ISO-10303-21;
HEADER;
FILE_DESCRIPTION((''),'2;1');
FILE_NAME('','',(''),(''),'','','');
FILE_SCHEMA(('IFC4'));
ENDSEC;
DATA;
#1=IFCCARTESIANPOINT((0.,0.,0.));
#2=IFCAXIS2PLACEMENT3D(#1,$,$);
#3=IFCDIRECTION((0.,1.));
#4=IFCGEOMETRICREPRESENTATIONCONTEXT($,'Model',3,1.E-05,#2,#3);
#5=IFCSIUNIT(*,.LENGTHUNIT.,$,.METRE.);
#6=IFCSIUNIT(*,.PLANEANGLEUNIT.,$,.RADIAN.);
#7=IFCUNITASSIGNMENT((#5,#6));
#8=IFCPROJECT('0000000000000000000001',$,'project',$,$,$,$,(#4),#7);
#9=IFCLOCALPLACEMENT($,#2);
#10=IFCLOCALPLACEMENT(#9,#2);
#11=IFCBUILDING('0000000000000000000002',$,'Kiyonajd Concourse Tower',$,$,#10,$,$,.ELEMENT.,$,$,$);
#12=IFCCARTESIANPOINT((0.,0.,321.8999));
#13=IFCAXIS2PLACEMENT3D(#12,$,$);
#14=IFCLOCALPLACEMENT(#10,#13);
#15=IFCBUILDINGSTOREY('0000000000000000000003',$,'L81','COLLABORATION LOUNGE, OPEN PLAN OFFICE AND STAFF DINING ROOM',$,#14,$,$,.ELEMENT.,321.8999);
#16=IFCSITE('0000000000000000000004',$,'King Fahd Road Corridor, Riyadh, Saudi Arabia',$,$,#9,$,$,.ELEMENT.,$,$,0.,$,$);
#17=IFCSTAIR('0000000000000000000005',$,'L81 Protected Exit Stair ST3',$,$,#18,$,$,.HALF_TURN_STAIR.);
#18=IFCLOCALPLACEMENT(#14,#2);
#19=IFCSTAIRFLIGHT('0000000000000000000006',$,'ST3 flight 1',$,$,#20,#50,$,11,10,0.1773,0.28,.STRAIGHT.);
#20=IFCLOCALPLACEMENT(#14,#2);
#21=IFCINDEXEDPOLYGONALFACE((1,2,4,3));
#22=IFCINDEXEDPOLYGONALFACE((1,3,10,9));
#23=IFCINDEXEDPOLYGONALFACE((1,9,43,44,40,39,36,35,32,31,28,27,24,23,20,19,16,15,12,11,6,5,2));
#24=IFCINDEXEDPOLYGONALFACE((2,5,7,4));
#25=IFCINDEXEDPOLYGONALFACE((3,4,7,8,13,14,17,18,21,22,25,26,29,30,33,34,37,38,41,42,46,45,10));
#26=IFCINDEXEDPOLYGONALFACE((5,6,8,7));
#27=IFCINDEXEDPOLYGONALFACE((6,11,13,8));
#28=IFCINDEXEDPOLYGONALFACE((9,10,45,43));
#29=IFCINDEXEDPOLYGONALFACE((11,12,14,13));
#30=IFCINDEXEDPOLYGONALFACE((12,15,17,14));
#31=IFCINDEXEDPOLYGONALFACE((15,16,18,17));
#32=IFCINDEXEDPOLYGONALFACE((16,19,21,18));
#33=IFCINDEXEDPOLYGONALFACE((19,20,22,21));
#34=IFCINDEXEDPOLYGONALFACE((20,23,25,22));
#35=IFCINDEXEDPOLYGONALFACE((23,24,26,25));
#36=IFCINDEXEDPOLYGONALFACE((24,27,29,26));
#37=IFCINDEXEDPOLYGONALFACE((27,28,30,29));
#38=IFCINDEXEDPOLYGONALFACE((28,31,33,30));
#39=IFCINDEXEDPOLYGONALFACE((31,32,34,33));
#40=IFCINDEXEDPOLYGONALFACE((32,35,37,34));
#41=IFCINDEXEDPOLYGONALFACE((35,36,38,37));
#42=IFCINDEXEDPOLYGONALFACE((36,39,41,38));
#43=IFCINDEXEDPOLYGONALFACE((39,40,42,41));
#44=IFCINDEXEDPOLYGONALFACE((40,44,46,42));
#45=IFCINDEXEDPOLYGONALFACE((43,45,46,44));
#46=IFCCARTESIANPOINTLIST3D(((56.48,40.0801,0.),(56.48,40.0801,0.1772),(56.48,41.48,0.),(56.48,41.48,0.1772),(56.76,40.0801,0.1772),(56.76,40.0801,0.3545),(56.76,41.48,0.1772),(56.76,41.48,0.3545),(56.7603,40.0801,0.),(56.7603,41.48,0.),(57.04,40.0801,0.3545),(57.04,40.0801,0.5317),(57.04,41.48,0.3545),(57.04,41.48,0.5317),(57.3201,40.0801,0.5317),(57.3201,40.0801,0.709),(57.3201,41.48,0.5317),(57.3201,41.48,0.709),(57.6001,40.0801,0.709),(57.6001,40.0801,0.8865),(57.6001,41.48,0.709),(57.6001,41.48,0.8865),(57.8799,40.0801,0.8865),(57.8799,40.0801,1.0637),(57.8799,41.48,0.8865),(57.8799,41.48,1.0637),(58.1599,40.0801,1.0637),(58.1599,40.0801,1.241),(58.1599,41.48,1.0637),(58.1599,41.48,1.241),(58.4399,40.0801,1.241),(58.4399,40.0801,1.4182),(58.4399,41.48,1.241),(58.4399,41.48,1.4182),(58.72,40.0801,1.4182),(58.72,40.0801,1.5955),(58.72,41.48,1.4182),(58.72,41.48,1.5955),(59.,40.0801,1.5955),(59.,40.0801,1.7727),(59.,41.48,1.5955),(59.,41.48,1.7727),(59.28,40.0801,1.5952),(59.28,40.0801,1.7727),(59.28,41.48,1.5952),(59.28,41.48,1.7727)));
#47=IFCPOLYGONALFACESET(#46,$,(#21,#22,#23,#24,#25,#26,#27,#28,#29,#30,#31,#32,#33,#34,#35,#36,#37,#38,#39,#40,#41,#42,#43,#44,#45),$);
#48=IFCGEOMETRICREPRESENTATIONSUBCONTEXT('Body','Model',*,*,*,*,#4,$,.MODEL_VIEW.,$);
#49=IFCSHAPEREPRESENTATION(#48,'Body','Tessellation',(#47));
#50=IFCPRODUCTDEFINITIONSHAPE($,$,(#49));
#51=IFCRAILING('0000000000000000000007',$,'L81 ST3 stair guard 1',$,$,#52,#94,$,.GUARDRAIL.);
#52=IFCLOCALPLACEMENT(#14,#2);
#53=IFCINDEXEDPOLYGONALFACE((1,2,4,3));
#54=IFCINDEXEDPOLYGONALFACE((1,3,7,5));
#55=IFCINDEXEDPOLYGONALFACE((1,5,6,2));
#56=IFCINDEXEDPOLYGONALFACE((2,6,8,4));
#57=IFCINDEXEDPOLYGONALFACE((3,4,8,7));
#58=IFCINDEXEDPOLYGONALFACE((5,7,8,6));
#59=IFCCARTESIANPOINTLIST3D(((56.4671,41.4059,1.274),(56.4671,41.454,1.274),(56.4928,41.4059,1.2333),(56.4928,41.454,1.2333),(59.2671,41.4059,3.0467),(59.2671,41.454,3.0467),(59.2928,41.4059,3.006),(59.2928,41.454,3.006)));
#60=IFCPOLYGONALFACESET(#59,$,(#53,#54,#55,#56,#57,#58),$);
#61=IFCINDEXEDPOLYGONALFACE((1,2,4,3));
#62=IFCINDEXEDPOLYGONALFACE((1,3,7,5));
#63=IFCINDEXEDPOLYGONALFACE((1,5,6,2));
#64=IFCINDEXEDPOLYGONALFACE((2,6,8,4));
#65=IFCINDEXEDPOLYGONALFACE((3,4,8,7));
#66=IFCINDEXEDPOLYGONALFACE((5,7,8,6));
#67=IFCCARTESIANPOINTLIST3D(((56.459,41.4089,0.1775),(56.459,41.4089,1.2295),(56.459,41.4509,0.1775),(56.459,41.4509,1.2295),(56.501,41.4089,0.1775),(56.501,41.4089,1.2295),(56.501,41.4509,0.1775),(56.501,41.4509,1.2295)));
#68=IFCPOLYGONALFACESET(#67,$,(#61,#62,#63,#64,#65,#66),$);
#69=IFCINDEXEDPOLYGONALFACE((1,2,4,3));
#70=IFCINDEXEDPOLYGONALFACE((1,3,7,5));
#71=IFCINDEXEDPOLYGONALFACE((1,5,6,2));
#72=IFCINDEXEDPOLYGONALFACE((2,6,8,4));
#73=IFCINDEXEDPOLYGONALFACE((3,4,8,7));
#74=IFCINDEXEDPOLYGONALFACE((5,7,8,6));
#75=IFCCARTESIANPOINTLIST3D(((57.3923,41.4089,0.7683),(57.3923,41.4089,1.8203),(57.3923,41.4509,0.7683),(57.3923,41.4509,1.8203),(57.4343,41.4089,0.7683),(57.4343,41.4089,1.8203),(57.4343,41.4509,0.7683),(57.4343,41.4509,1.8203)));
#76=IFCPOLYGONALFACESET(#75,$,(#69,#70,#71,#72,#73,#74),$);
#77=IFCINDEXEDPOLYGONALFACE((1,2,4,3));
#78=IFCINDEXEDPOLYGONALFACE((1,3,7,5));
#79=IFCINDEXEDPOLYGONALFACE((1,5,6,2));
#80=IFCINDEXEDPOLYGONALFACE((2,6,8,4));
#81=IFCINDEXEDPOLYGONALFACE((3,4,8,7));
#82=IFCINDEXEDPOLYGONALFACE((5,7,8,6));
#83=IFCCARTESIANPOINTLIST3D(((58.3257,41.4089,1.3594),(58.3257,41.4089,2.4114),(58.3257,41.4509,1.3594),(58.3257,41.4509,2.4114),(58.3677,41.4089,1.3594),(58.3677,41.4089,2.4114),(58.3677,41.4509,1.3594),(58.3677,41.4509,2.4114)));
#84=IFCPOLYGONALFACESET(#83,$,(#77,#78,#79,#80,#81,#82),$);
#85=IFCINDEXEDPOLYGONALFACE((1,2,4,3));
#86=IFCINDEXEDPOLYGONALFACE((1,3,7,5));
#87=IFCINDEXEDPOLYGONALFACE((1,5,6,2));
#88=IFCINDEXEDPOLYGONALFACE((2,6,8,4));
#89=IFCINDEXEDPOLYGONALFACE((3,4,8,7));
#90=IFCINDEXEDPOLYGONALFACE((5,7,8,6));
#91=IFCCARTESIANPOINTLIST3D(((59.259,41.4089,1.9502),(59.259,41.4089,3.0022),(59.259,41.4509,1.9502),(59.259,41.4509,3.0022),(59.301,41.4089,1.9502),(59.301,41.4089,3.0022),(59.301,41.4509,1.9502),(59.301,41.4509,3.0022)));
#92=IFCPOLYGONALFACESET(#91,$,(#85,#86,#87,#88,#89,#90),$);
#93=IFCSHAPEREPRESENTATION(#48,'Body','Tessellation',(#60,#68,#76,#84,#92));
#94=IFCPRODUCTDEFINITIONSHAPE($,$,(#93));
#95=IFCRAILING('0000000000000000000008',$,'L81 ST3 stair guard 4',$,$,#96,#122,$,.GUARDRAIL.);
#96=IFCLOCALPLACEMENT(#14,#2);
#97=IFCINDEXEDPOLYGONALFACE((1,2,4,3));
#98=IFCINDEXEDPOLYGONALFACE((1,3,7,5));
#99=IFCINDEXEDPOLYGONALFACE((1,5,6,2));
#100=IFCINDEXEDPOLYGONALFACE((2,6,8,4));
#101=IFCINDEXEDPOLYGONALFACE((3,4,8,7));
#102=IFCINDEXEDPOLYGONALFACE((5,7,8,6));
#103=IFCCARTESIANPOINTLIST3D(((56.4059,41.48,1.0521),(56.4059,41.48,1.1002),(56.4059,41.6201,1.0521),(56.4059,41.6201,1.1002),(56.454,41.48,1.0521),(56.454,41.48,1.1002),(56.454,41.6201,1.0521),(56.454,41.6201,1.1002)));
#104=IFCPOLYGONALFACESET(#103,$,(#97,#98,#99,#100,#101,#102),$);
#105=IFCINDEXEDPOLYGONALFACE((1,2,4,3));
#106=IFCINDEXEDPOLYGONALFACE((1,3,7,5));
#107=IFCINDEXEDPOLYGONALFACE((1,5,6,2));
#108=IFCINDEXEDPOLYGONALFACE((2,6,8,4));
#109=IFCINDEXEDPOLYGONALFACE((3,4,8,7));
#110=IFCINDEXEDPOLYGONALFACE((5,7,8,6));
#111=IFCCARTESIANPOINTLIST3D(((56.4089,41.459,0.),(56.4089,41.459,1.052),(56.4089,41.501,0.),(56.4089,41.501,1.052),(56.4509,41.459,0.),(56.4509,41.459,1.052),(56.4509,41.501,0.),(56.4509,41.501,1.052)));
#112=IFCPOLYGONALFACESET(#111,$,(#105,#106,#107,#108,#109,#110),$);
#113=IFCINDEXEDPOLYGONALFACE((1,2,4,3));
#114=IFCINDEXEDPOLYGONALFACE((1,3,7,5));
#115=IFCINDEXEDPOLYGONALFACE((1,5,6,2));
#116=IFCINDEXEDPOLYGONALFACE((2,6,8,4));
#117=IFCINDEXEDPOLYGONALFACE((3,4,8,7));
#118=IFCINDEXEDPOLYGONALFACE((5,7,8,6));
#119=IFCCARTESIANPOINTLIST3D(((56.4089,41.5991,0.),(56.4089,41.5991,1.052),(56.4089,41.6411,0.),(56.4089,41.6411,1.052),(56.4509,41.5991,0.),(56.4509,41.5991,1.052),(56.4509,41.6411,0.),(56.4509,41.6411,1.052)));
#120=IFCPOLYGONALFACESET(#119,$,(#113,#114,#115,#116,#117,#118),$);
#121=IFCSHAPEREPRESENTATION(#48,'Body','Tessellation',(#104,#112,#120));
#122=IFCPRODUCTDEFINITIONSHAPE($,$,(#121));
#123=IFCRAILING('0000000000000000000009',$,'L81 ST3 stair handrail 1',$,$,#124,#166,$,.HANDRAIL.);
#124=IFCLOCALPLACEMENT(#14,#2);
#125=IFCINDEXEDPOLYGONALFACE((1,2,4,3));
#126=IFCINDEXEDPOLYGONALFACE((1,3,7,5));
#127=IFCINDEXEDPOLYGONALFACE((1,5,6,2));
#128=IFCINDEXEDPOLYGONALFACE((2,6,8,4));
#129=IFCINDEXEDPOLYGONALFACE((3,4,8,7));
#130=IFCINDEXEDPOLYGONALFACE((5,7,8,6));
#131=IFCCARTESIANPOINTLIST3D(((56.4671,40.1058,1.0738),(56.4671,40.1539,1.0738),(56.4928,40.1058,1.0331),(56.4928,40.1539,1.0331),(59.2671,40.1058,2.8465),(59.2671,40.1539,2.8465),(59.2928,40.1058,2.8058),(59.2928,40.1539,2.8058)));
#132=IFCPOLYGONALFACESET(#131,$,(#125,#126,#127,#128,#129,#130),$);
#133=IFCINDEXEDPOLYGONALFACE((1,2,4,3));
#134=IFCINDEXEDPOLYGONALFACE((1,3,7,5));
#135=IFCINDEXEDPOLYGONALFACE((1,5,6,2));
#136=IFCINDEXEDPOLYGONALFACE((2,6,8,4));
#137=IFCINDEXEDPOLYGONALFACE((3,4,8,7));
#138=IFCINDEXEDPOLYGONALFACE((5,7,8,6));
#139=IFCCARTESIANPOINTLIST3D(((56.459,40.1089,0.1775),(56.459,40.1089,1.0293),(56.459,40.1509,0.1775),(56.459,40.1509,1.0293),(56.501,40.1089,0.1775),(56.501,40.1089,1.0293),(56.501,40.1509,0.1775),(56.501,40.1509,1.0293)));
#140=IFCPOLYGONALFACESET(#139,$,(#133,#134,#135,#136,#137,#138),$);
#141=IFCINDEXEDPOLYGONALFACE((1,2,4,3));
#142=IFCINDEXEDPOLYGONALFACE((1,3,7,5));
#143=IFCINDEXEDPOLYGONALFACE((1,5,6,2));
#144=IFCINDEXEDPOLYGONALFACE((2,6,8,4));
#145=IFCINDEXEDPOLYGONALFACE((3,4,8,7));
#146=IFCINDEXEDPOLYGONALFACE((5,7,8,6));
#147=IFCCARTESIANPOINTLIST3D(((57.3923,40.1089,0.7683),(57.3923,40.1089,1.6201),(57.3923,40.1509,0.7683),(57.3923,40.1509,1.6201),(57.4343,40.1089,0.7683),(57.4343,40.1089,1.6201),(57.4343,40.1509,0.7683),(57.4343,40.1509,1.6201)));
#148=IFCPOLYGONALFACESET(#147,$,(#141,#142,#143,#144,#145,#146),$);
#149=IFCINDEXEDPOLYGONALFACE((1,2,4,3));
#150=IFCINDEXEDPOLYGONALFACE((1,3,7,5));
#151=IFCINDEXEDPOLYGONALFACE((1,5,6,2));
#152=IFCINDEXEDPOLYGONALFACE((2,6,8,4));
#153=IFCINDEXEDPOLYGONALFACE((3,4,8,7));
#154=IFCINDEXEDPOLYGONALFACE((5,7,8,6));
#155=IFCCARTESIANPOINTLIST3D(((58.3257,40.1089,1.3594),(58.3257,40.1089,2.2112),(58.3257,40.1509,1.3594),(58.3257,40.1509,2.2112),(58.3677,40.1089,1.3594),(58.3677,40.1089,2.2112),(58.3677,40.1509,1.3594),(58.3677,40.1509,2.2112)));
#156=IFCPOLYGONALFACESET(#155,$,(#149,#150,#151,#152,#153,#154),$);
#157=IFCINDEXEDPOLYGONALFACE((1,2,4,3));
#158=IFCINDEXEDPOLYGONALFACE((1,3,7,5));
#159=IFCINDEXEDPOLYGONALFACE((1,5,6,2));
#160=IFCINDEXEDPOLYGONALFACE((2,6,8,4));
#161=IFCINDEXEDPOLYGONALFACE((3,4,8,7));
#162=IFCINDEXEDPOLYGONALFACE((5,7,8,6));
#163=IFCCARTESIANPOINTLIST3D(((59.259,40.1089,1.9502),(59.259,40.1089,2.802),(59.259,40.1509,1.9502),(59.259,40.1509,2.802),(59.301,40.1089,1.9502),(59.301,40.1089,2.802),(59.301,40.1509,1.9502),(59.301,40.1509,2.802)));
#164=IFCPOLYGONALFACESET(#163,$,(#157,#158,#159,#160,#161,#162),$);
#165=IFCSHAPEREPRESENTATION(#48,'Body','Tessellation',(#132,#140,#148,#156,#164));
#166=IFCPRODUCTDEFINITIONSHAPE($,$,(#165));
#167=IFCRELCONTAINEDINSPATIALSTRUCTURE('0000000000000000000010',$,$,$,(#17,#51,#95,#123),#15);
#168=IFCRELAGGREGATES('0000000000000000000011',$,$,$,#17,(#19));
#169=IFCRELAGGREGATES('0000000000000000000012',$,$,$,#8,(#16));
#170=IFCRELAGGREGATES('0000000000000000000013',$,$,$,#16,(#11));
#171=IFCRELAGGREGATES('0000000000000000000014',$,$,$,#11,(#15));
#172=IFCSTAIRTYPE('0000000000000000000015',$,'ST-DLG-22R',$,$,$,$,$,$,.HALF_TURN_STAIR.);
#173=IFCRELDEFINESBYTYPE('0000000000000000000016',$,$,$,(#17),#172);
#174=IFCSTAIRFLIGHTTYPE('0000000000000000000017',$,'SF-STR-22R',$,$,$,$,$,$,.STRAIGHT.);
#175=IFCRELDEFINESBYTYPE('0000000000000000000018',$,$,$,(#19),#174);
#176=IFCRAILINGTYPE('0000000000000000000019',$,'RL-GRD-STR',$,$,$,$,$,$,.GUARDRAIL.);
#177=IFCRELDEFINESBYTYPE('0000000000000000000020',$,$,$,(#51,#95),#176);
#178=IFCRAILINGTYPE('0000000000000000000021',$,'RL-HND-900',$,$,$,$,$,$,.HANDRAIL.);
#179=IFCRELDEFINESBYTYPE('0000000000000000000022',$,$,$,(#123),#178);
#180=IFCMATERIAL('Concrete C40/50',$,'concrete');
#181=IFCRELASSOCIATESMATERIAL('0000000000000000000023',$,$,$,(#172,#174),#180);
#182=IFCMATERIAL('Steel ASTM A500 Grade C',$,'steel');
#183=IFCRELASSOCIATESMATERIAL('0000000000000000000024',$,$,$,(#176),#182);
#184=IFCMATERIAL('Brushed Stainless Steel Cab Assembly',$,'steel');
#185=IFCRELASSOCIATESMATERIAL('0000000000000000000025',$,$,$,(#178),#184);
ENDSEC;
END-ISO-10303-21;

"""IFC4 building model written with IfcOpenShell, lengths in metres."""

from ifc_helpers import new_model, si_unit, direction, frame, origin, origin_2d, place, context, subcontext, project, spatial, polyline, rectangle, outline, extrude, material, type_object, element, aggregate, save


model = new_model("IFC4")

# Units and contexts
model_context = context("Model", 3, precision=1e-05, world=origin(), true_north=direction((0.0, 1.0)))
body_context = subcontext(model_context, "Body", "Model", "MODEL_VIEW")
ifc_project = project(units=[si_unit("LENGTHUNIT", "METRE"), si_unit("PLANEANGLEUNIT", "RADIAN")], contexts=[model_context])

# Site, building, storey
site_placement = place(None, origin())
site = spatial("IfcSite", under=ifc_project, at=site_placement, Name="King Fahd Road Corridor, Riyadh, Saudi Arabia", CompositionType="ELEMENT", RefElevation=0.0)
building_placement = place(site_placement, origin())
building = spatial("IfcBuilding", under=site, at=building_placement, Name="Kiyonajd Concourse Tower", CompositionType="ELEMENT")
storey_placement = place(building_placement, frame((0.0, 0.0, 321.8999)))
storey = spatial("IfcBuildingStorey", under=building, at=storey_placement, Name="L81", Description="COLLABORATION LOUNGE, OPEN PLAN OFFICE AND STAFF DINING ROOM", CompositionType="ELEMENT", Elevation=321.8999)

# Shared definitions
ifc_material_1 = material(Name="Brushed Stainless Steel Cab Assembly", Category="steel")

# Stair, stair flight
ifc_material_2 = material(Name="Concrete C40/50", Category="concrete")
stair_type = type_object("IfcStairType", Name="ST-DLG-22R", PredefinedType="HALF_TURN_STAIR", material=ifc_material_2)
stair_placement = place(storey_placement, origin())
stair = element("IfcStair", 1, at=stair_placement, inside=storey, type_object=stair_type, Name="L81 Protected Exit Stair ST3", PredefinedType="HALF_TURN_STAIR")
stair_flight_type = type_object("IfcStairFlightType", Name="SF-STR-22R", PredefinedType="STRAIGHT", material=ifc_material_2)
stair_flight_placement = place(storey_placement, frame((56.48, 40.78, 0.0), z_axis=(0.0, 0.0, 1.0), x_axis=(1.0, 0.0, 0.0)))
stair_flight = element("IfcStairFlight", 2, at=stair_flight_placement, type_object=stair_flight_type, Name="ST3 flight 1", NumberOfRisers=11, NumberOfTreads=10, PredefinedType="STRAIGHT", RiserHeight=0.1773, TreadLength=0.28, context=body_context, shape_type="SweptSolid", body=[
    extrude(outline(polyline([(0.0, 0.0), (0.0, 0.1772), (0.28, 0.1772), (0.28, 0.3545), (0.5601, 0.3545), (0.5601, 0.5317), (0.8401, 0.5317), (0.8401, 0.709), (1.1201, 0.709), (1.1201, 0.8865), (1.3999, 0.8865), (1.3999, 1.0637), (1.6799, 1.0637), (1.6799, 1.241), (1.96, 1.241), (1.96, 1.4182), (2.24, 1.4182), (2.24, 1.5955), (2.52, 1.5955), (2.52, 1.7727), (2.8, 1.7727), (2.8, 1.95), (2.8, 1.5952), (0.2803, 0.0), (0.0, 0.0)])), frame((0.0, 0.7, 0.0), z_axis=(0.0, -1.0, 0.0), x_axis=(1.0, 0.0, 0.0)), (0.0, 0.0, 1.0), 1.3999),
])
aggregate(stair, [stair_flight])

# Railings
ifc_material_3 = material(Name="Steel ASTM A500 Grade C", Category="steel")
railing_type_1 = type_object("IfcRailingType", Name="RL-GRD-STR", PredefinedType="GUARDRAIL", material=ifc_material_3)
railing_1_placement = place(storey_placement, frame((56.48, 41.4299, 0.1775)))
element("IfcRailing", 3, at=railing_1_placement, inside=storey, type_object=railing_type_1, Name="L81 ST3 stair guard 1", PredefinedType="GUARDRAIL", context=body_context, shape_type="SweptSolid", body=[
    extrude(rectangle(XDim=0.0481, YDim=0.0481, at=origin_2d()), frame((0.0, 0.0, 1.0762), z_axis=(0.844909, 0.0, 0.53491), x_axis=(0.0, 1.0, 0.0)), (0.0, 0.0, 1.0), 3.314),
    extrude(rectangle(XDim=0.042, YDim=0.042, at=origin_2d()), origin(), (0.0, 0.0, 1.0), 1.052),
    extrude(rectangle(XDim=0.042, YDim=0.042, at=origin_2d()), frame((0.9333, 0.0, 0.5908)), (0.0, 0.0, 1.0), 1.052),
    extrude(rectangle(XDim=0.042, YDim=0.042, at=origin_2d()), frame((1.8667, 0.0, 1.1819)), (0.0, 0.0, 1.0), 1.052),
    extrude(rectangle(XDim=0.042, YDim=0.042, at=origin_2d()), frame((2.8, 0.0, 1.7727)), (0.0, 0.0, 1.0), 1.052),
])
railing_2_placement = place(storey_placement, frame((56.4299, 41.48, 0.0)))
element("IfcRailing", 4, at=railing_2_placement, inside=storey, type_object=railing_type_1, Name="L81 ST3 stair guard 4", PredefinedType="GUARDRAIL", context=body_context, shape_type="SweptSolid", body=[
    extrude(rectangle(XDim=0.0481, YDim=0.0481, at=origin_2d()), frame((0.0, 0.0, 1.0762), z_axis=(0.0, 1.0, 0.0), x_axis=(-1.0, 0.0, 0.0)), (0.0, 0.0, 1.0), 0.1401),
    extrude(rectangle(XDim=0.042, YDim=0.042, at=origin_2d()), origin(), (0.0, 0.0, 1.0), 1.052),
    extrude(rectangle(XDim=0.042, YDim=0.042, at=origin_2d()), frame((0.0, 0.1401, 0.0)), (0.0, 0.0, 1.0), 1.052),
])
railing_type_2 = type_object("IfcRailingType", Name="RL-HND-900", PredefinedType="HANDRAIL", material=ifc_material_1)
railing_3_placement = place(storey_placement, frame((56.48, 40.1299, 0.1775)))
element("IfcRailing", 5, at=railing_3_placement, inside=storey, type_object=railing_type_2, Name="L81 ST3 stair handrail 1", PredefinedType="HANDRAIL", context=body_context, shape_type="SweptSolid", body=[
    extrude(rectangle(XDim=0.0481, YDim=0.0481, at=origin_2d()), frame((0.0, 0.0, 0.876), z_axis=(0.844909, 0.0, 0.53491), x_axis=(0.0, 1.0, 0.0)), (0.0, 0.0, 1.0), 3.314),
    extrude(rectangle(XDim=0.042, YDim=0.042, at=origin_2d()), origin(), (0.0, 0.0, 1.0), 0.8518),
    extrude(rectangle(XDim=0.042, YDim=0.042, at=origin_2d()), frame((0.9333, 0.0, 0.5908)), (0.0, 0.0, 1.0), 0.8518),
    extrude(rectangle(XDim=0.042, YDim=0.042, at=origin_2d()), frame((1.8667, 0.0, 1.1819)), (0.0, 0.0, 1.0), 0.8518),
    extrude(rectangle(XDim=0.042, YDim=0.042, at=origin_2d()), frame((2.8, 0.0, 1.7727)), (0.0, 0.0, 1.0), 0.8518),
])

save(model, "model.ifc")
